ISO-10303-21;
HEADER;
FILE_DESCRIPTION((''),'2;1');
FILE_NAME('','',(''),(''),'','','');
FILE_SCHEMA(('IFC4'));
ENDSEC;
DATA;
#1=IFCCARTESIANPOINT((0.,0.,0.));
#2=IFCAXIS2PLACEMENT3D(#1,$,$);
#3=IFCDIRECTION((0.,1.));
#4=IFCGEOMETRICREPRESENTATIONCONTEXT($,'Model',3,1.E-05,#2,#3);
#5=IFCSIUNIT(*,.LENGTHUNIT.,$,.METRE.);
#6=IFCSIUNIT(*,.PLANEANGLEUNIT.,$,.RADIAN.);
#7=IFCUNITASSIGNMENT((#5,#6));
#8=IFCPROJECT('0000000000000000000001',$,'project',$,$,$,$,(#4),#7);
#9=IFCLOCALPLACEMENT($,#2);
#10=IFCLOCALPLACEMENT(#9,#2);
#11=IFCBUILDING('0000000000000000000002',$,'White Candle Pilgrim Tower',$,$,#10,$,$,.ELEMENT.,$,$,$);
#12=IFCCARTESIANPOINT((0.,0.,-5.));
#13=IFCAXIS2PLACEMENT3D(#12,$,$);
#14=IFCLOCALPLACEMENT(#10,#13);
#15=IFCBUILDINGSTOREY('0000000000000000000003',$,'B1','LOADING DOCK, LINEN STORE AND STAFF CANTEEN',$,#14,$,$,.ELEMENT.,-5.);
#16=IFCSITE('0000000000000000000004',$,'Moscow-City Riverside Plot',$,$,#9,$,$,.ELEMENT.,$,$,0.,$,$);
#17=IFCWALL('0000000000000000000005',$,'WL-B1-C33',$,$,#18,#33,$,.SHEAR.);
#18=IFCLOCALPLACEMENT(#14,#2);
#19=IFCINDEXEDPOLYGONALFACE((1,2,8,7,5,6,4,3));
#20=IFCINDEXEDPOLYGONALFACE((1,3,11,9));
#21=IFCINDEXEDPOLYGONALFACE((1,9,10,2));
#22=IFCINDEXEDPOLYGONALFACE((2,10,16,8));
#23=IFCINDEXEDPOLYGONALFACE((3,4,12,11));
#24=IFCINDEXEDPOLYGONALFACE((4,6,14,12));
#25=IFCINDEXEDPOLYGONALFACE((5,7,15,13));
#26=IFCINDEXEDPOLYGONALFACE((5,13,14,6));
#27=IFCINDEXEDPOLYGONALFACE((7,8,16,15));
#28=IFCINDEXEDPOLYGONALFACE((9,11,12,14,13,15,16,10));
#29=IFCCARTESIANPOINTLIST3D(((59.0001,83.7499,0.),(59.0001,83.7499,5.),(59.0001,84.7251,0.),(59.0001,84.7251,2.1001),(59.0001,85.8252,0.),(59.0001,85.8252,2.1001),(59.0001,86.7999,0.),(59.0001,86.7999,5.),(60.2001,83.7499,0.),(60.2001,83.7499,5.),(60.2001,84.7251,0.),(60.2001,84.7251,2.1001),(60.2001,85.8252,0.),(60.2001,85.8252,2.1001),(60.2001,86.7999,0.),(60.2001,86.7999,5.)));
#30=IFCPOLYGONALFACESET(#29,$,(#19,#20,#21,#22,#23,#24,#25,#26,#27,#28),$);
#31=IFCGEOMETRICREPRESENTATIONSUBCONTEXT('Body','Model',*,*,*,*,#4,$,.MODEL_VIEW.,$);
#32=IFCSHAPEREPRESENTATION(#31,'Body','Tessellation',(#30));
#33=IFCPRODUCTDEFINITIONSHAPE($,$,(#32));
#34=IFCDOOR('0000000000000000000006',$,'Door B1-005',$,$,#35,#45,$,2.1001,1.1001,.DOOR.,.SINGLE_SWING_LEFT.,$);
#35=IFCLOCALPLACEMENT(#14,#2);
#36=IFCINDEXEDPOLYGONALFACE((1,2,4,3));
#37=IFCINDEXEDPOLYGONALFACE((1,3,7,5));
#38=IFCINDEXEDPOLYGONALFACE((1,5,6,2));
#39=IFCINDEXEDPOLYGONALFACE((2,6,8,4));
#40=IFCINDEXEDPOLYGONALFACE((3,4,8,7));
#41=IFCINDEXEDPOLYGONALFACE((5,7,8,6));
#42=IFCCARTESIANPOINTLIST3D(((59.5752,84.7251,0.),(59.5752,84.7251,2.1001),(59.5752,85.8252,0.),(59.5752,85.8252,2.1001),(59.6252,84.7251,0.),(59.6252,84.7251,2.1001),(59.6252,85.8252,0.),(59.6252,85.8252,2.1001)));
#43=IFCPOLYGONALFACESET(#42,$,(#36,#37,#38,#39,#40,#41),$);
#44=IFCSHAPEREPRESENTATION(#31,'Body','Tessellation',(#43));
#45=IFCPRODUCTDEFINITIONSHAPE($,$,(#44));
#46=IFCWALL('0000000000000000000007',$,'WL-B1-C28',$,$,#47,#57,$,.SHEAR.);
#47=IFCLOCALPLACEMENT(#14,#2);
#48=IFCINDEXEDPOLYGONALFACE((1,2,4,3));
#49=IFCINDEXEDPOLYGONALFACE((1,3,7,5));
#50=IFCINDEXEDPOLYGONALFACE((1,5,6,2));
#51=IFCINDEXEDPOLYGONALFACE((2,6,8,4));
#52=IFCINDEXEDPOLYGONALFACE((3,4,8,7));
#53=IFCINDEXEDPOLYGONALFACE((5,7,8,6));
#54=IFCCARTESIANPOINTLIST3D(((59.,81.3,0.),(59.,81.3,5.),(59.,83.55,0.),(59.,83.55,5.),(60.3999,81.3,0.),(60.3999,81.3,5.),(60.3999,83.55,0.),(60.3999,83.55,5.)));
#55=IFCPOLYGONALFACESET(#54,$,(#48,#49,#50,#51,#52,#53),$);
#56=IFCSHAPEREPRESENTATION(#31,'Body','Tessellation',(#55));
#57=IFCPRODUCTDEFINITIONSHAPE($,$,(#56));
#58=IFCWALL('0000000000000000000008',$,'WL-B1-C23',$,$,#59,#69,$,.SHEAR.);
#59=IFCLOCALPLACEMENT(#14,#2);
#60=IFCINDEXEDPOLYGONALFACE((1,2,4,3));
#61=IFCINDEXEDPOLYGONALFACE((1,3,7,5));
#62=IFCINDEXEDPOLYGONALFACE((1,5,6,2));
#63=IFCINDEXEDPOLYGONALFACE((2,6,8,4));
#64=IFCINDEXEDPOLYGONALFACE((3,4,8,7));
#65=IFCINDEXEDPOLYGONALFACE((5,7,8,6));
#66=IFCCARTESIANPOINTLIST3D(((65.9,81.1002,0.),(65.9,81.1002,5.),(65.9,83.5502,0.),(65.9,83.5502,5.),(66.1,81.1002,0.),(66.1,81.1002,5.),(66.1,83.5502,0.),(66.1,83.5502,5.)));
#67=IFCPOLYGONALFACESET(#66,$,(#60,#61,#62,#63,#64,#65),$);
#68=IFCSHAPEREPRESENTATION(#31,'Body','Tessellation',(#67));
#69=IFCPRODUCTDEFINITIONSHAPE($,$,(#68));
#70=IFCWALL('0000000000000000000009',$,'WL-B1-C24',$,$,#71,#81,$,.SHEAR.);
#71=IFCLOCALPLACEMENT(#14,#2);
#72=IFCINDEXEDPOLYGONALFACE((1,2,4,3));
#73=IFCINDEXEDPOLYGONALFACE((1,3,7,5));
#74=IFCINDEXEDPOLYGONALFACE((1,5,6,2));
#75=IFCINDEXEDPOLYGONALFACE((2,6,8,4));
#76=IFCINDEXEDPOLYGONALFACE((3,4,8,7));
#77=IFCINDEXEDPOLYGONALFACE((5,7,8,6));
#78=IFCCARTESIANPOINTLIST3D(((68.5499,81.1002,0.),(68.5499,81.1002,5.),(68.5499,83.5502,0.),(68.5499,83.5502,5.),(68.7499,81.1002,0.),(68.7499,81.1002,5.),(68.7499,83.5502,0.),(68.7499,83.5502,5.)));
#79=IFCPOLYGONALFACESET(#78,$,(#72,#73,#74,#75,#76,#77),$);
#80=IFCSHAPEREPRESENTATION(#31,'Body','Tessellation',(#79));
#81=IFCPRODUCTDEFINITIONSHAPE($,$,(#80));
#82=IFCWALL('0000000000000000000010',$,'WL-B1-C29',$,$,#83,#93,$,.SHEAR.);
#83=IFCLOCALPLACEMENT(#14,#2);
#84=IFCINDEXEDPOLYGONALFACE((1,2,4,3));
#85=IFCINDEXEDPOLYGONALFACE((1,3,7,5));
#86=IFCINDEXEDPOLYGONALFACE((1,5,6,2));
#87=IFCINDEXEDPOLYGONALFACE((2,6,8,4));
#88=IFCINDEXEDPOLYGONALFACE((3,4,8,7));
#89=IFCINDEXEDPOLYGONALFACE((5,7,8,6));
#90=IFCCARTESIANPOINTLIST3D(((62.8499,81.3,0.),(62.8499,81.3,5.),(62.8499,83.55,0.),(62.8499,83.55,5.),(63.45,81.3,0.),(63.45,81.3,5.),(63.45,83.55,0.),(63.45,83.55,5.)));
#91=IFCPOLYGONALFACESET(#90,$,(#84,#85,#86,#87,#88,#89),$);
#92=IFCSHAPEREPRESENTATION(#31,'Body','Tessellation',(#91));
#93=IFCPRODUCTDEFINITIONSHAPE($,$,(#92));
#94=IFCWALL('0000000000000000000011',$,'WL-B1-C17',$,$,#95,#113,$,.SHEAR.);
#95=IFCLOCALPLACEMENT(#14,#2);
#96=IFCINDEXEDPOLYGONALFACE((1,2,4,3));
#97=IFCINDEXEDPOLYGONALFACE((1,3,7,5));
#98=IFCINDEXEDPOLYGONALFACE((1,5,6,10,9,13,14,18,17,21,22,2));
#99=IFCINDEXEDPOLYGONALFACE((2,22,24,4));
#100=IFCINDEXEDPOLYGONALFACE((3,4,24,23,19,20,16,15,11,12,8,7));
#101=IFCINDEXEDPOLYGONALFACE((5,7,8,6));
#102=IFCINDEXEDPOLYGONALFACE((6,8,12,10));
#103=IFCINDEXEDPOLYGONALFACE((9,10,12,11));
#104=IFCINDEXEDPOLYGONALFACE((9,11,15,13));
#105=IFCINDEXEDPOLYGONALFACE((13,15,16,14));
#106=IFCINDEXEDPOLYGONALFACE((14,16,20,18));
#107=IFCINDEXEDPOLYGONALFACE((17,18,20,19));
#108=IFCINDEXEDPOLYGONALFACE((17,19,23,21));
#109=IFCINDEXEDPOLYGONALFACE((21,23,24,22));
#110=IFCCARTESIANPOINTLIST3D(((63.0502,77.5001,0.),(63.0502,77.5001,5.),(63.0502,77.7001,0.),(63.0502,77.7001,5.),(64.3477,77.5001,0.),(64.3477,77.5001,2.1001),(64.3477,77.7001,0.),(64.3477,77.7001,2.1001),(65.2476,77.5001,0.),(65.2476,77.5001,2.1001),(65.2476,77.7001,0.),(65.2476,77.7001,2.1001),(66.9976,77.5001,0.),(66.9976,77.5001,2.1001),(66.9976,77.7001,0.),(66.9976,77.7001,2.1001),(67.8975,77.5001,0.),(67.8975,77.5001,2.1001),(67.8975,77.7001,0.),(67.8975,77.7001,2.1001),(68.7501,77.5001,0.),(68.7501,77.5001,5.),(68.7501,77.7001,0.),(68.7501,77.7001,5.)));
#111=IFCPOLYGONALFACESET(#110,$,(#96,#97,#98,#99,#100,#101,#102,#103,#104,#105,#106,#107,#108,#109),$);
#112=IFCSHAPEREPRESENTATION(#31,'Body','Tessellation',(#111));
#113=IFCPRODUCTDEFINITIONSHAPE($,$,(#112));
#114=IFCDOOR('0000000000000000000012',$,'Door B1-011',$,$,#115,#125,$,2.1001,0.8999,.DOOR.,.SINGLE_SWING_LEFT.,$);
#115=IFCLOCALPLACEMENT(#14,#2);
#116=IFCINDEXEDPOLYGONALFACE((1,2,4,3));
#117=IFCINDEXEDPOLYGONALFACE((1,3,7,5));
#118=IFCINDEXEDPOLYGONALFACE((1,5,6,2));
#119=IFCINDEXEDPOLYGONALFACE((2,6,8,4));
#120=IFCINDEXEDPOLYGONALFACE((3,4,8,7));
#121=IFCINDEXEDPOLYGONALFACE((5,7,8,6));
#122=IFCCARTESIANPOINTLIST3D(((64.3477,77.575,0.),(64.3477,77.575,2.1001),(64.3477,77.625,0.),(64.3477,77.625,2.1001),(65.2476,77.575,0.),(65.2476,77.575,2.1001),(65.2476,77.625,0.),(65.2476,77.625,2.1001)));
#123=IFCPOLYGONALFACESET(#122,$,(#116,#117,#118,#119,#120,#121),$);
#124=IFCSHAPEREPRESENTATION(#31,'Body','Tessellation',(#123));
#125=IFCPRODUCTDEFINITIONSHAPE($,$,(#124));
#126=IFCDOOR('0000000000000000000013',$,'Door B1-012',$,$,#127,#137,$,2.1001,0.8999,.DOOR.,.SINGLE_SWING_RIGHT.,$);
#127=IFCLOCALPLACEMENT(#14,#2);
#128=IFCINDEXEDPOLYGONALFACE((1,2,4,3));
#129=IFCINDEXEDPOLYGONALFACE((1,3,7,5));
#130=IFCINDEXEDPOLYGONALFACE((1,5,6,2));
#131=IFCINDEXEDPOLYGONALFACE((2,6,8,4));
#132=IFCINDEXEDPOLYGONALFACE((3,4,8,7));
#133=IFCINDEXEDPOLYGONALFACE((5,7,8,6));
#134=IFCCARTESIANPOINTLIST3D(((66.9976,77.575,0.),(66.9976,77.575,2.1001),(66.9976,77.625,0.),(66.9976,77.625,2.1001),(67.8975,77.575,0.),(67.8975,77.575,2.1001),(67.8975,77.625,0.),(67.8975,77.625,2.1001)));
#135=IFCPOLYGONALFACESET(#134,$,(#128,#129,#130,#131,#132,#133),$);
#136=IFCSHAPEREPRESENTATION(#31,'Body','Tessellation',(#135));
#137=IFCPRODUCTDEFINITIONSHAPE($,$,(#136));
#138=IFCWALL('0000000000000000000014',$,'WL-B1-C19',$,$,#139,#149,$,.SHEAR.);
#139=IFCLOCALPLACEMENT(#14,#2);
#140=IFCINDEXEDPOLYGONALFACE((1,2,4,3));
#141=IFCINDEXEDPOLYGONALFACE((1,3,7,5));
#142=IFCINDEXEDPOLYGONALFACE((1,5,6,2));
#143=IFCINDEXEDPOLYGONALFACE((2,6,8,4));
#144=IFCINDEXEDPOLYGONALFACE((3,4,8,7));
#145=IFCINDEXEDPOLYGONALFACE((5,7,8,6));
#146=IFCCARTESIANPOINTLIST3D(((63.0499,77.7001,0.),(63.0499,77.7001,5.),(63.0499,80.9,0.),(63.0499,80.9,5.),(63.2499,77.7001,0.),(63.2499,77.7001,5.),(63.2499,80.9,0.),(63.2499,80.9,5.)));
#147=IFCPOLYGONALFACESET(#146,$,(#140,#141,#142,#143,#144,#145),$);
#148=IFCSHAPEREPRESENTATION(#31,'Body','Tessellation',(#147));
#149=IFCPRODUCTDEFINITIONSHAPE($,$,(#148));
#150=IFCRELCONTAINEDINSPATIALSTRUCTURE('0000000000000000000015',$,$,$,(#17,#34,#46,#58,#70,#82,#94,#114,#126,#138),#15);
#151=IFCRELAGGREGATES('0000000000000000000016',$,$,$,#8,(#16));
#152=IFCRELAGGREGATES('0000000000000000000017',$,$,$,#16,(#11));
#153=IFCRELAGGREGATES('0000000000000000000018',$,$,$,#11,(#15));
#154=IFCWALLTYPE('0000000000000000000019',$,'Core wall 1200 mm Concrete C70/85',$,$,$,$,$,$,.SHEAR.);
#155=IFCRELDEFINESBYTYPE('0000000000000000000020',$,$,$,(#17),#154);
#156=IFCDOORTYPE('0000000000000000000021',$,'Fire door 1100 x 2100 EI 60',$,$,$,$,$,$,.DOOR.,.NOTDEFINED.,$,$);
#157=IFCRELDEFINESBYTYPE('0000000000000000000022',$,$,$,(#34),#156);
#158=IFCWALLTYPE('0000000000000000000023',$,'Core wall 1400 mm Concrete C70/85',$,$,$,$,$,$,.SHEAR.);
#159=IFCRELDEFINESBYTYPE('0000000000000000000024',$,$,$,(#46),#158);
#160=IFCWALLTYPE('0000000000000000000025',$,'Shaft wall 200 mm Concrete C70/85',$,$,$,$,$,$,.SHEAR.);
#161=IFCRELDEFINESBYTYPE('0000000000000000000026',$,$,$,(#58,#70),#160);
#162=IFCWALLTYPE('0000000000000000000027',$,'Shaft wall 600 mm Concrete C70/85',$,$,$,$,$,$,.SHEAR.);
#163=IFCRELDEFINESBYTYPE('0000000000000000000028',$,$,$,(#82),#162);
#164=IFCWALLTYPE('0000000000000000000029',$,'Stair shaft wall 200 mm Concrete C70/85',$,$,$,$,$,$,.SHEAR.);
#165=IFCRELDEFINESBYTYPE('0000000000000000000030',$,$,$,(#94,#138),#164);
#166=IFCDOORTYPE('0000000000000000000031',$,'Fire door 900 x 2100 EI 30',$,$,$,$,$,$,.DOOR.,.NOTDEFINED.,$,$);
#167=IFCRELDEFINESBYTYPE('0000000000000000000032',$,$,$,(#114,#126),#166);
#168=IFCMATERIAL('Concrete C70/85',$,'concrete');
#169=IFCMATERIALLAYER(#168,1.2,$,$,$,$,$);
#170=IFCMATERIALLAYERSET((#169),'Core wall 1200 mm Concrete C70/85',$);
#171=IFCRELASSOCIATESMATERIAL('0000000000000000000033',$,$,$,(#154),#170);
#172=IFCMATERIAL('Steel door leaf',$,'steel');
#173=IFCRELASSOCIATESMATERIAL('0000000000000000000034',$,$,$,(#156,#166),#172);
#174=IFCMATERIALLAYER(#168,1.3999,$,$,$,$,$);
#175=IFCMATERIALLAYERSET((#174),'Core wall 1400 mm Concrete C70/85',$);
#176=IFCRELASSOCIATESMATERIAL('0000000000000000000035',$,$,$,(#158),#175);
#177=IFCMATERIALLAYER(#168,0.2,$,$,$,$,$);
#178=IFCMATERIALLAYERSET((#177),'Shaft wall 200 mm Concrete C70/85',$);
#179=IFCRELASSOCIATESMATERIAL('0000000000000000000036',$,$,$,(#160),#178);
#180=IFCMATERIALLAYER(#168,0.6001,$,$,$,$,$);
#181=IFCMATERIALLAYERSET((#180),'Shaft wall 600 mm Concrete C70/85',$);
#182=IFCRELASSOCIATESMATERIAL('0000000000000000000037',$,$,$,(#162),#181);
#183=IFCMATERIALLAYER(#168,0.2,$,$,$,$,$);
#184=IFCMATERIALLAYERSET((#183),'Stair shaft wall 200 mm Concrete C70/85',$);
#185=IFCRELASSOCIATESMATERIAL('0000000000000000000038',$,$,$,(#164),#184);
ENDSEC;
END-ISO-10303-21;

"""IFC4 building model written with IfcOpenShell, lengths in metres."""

from ifc_helpers import new_model, si_unit, direction, frame, frame_2d, origin, place, context, subcontext, project, spatial, rectangle, extrude, material, layer, layer_set, type_object, element, fill, save


model = new_model("IFC4")

# Units and contexts
model_context = context("Model", 3, precision=1e-05, world=origin(), true_north=direction((0.0, 1.0)))
body_context = subcontext(model_context, "Body", "Model", "MODEL_VIEW")
ifc_project = project(units=[si_unit("LENGTHUNIT", "METRE"), si_unit("PLANEANGLEUNIT", "RADIAN")], contexts=[model_context])

# Site, building, storey
site_placement = place(None, origin())
site = spatial("IfcSite", under=ifc_project, at=site_placement, Name="Moscow-City Riverside Plot", CompositionType="ELEMENT", RefElevation=0.0)
building_placement = place(site_placement, origin())
building = spatial("IfcBuilding", under=site, at=building_placement, Name="White Candle Pilgrim Tower", CompositionType="ELEMENT")
storey_placement = place(building_placement, frame((0.0, 0.0, -5.0)))
storey = spatial("IfcBuildingStorey", under=building, at=storey_placement, Name="B1", Description="LOADING DOCK, LINEN STORE AND STAFF CANTEEN", CompositionType="ELEMENT", Elevation=-5.0)

# Wall, opening, door
ifc_material_1 = material(Name="Concrete C70/85", Category="concrete")
ifc_layer_1 = layer(ifc_material_1, 1.2)
ifc_layer_set_1 = layer_set([ifc_layer_1], Name="Core wall 1200 mm Concrete C70/85")
wall_type_1 = type_object("IfcWallType", Name="Core wall 1200 mm Concrete C70/85", PredefinedType="SHEAR", material=ifc_layer_set_1)
wall_1_placement = place(storey_placement, frame((59.6001, 83.75, 0.0), z_axis=(0.0, 0.0, 1.0), x_axis=(0.0, 1.0, 0.0)))
wall_1 = element("IfcWall", 1, at=wall_1_placement, inside=storey, type_object=wall_type_1, Name="WL-B1-C33", PredefinedType="SHEAR", context=body_context, shape_type="SweptSolid", body=[
    extrude(rectangle(XDim=3.05, YDim=1.2, at=frame_2d((1.5249, 0.0))), origin(), (0.0, 0.0, 1.0), 5.0),
])
opening_1_placement = place(wall_1_placement, frame((0.9751, 0.0, 0.0)))
opening_1 = element("IfcOpeningElement", 2, at=opening_1_placement, cuts=wall_1, PredefinedType="OPENING", context=body_context, shape_type="SweptSolid", body=[
    extrude(rectangle(XDim=1.1001, YDim=2.1001, at=frame_2d((0.55, 1.05))), frame((0.0, 0.6099, 0.0), z_axis=(0.0, -1.0, 0.0), x_axis=(1.0, 0.0, 0.0)), (0.0, 0.0, 1.0), 1.22),
])
ifc_material_2 = material(Name="Steel door leaf", Category="steel")
door_type_1 = type_object("IfcDoorType", Name="Fire door 1100 x 2100 EI 60", OperationType="NOTDEFINED", PredefinedType="DOOR", material=ifc_material_2)
door_1_placement = place(opening_1_placement, origin())
door_1 = element("IfcDoor", 3, at=door_1_placement, inside=storey, type_object=door_type_1, Name="Door B1-005", OperationType="SINGLE_SWING_LEFT", OverallHeight=2.1001, OverallWidth=1.1001, PredefinedType="DOOR", context=body_context, shape_type="SweptSolid", body=[
    extrude(rectangle(XDim=1.1001, YDim=2.1001, at=frame_2d((0.55, 1.05))), frame((0.0, 0.0249, 0.0), z_axis=(0.0, -1.0, 0.0), x_axis=(1.0, 0.0, 0.0)), (0.0, 0.0, 1.0), 0.05),
])
fill(opening_1, door_1)

# Walls
ifc_layer_2 = layer(ifc_material_1, 1.3999)
ifc_layer_set_2 = layer_set([ifc_layer_2], Name="Core wall 1400 mm Concrete C70/85")
wall_type_2 = type_object("IfcWallType", Name="Core wall 1400 mm Concrete C70/85", PredefinedType="SHEAR", material=ifc_layer_set_2)
wall_2_placement = place(storey_placement, frame((59.7, 81.3, 0.0), z_axis=(0.0, 0.0, 1.0), x_axis=(0.0, 1.0, 0.0)))
element("IfcWall", 4, at=wall_2_placement, inside=storey, type_object=wall_type_2, Name="WL-B1-C28", PredefinedType="SHEAR", context=body_context, shape_type="SweptSolid", body=[
    extrude(rectangle(XDim=2.25, YDim=1.3999, at=frame_2d((1.125, 0.0))), origin(), (0.0, 0.0, 1.0), 5.0),
])
ifc_layer_3 = layer(ifc_material_1, 0.2)
ifc_layer_set_3 = layer_set([ifc_layer_3], Name="Shaft wall 200 mm Concrete C70/85")
wall_type_3 = type_object("IfcWallType", Name="Shaft wall 200 mm Concrete C70/85", PredefinedType="SHEAR", material=ifc_layer_set_3)
for number, where, z_axis, x_axis, name in (
    (5, (66.0, 81.1001, 0.0), (0.0, 0.0, 1.0), (0.0, 1.0, 0.0), "WL-B1-C23"),
    (6, (68.6499, 81.1001, 0.0), (0.0, 0.0, 1.0), (0.0, 1.0, 0.0), "WL-B1-C24"),
):
    element("IfcWall", number, at=place(storey_placement, frame(where, z_axis=z_axis, x_axis=x_axis)), inside=storey, type_object=wall_type_3, Name=name, PredefinedType="SHEAR", context=body_context, shape_type="SweptSolid", body=[
        extrude(rectangle(XDim=2.45, YDim=0.2, at=frame_2d((1.2251, 0.0))), origin(), (0.0, 0.0, 1.0), 5.0),
    ])
ifc_layer_4 = layer(ifc_material_1, 0.6001)
ifc_layer_set_4 = layer_set([ifc_layer_4], Name="Shaft wall 600 mm Concrete C70/85")
wall_type_4 = type_object("IfcWallType", Name="Shaft wall 600 mm Concrete C70/85", PredefinedType="SHEAR", material=ifc_layer_set_4)
wall_3_placement = place(storey_placement, frame((63.1499, 81.3, 0.0), z_axis=(0.0, 0.0, 1.0), x_axis=(0.0, 1.0, 0.0)))
element("IfcWall", 7, at=wall_3_placement, inside=storey, type_object=wall_type_4, Name="WL-B1-C29", PredefinedType="SHEAR", context=body_context, shape_type="SweptSolid", body=[
    extrude(rectangle(XDim=2.25, YDim=0.6001, at=frame_2d((1.125, 0.0))), origin(), (0.0, 0.0, 1.0), 5.0),
])

# Wall, openings, doors
ifc_layer_5 = layer(ifc_material_1, 0.2)
ifc_layer_set_5 = layer_set([ifc_layer_5], Name="Stair shaft wall 200 mm Concrete C70/85")
wall_type_5 = type_object("IfcWallType", Name="Stair shaft wall 200 mm Concrete C70/85", PredefinedType="SHEAR", material=ifc_layer_set_5)
wall_4_placement = place(storey_placement, frame((63.05, 77.6001, 0.0), z_axis=(0.0, 0.0, 1.0), x_axis=(1.0, 0.0, 0.0)))
wall_4 = element("IfcWall", 8, at=wall_4_placement, inside=storey, type_object=wall_type_5, Name="WL-B1-C17", PredefinedType="SHEAR", context=body_context, shape_type="SweptSolid", body=[
    extrude(rectangle(XDim=5.7, YDim=0.2, at=frame_2d((2.8501, 0.0))), origin(), (0.0, 0.0, 1.0), 5.0),
])
opening_2_placement = place(wall_4_placement, frame((1.2976, 0.0, 0.0)))
opening_2 = element("IfcOpeningElement", 9, at=opening_2_placement, cuts=wall_4, PredefinedType="OPENING", context=body_context, shape_type="SweptSolid", body=[
    extrude(rectangle(XDim=0.8999, YDim=2.1001, at=frame_2d((0.45, 1.05))), frame((0.0, 0.1099, 0.0), z_axis=(0.0, -1.0, 0.0), x_axis=(1.0, 0.0, 0.0)), (0.0, 0.0, 1.0), 0.22),
])
opening_3_placement = place(wall_4_placement, frame((3.9475, 0.0, 0.0)))
opening_3 = element("IfcOpeningElement", 10, at=opening_3_placement, cuts=wall_4, PredefinedType="OPENING", context=body_context, shape_type="SweptSolid", body=[
    extrude(rectangle(XDim=0.8999, YDim=2.1001, at=frame_2d((0.45, 1.05))), frame((0.0, 0.1099, 0.0), z_axis=(0.0, -1.0, 0.0), x_axis=(1.0, 0.0, 0.0)), (0.0, 0.0, 1.0), 0.22),
])
door_type_2 = type_object("IfcDoorType", Name="Fire door 900 x 2100 EI 30", OperationType="NOTDEFINED", PredefinedType="DOOR", material=ifc_material_2)
door_2_placement = place(opening_2_placement, origin())
door_2 = element("IfcDoor", 11, at=door_2_placement, inside=storey, type_object=door_type_2, Name="Door B1-011", OperationType="SINGLE_SWING_LEFT", OverallHeight=2.1001, OverallWidth=0.8999, PredefinedType="DOOR", context=body_context, shape_type="SweptSolid", body=[
    extrude(rectangle(XDim=0.8999, YDim=2.1001, at=frame_2d((0.45, 1.05))), frame((0.0, 0.0249, 0.0), z_axis=(0.0, -1.0, 0.0), x_axis=(1.0, 0.0, 0.0)), (0.0, 0.0, 1.0), 0.05),
])
fill(opening_2, door_2)
door_3_placement = place(opening_3_placement, origin())
door_3 = element("IfcDoor", 12, at=door_3_placement, inside=storey, type_object=door_type_2, Name="Door B1-012", OperationType="SINGLE_SWING_RIGHT", OverallHeight=2.1001, OverallWidth=0.8999, PredefinedType="DOOR", context=body_context, shape_type="SweptSolid", body=[
    extrude(rectangle(XDim=0.8999, YDim=2.1001, at=frame_2d((0.45, 1.05))), frame((0.0, 0.0249, 0.0), z_axis=(0.0, -1.0, 0.0), x_axis=(1.0, 0.0, 0.0)), (0.0, 0.0, 1.0), 0.05),
])
fill(opening_3, door_3)

# Wall
wall_5_placement = place(storey_placement, frame((63.1499, 77.7, 0.0), z_axis=(0.0, 0.0, 1.0), x_axis=(0.0, 1.0, 0.0)))
element("IfcWall", 13, at=wall_5_placement, inside=storey, type_object=wall_type_5, Name="WL-B1-C19", PredefinedType="SHEAR", context=body_context, shape_type="SweptSolid", body=[
    extrude(rectangle(XDim=3.2, YDim=0.2, at=frame_2d((1.6001, 0.0))), origin(), (0.0, 0.0, 1.0), 5.0),
])

save(model, "model.ifc")
